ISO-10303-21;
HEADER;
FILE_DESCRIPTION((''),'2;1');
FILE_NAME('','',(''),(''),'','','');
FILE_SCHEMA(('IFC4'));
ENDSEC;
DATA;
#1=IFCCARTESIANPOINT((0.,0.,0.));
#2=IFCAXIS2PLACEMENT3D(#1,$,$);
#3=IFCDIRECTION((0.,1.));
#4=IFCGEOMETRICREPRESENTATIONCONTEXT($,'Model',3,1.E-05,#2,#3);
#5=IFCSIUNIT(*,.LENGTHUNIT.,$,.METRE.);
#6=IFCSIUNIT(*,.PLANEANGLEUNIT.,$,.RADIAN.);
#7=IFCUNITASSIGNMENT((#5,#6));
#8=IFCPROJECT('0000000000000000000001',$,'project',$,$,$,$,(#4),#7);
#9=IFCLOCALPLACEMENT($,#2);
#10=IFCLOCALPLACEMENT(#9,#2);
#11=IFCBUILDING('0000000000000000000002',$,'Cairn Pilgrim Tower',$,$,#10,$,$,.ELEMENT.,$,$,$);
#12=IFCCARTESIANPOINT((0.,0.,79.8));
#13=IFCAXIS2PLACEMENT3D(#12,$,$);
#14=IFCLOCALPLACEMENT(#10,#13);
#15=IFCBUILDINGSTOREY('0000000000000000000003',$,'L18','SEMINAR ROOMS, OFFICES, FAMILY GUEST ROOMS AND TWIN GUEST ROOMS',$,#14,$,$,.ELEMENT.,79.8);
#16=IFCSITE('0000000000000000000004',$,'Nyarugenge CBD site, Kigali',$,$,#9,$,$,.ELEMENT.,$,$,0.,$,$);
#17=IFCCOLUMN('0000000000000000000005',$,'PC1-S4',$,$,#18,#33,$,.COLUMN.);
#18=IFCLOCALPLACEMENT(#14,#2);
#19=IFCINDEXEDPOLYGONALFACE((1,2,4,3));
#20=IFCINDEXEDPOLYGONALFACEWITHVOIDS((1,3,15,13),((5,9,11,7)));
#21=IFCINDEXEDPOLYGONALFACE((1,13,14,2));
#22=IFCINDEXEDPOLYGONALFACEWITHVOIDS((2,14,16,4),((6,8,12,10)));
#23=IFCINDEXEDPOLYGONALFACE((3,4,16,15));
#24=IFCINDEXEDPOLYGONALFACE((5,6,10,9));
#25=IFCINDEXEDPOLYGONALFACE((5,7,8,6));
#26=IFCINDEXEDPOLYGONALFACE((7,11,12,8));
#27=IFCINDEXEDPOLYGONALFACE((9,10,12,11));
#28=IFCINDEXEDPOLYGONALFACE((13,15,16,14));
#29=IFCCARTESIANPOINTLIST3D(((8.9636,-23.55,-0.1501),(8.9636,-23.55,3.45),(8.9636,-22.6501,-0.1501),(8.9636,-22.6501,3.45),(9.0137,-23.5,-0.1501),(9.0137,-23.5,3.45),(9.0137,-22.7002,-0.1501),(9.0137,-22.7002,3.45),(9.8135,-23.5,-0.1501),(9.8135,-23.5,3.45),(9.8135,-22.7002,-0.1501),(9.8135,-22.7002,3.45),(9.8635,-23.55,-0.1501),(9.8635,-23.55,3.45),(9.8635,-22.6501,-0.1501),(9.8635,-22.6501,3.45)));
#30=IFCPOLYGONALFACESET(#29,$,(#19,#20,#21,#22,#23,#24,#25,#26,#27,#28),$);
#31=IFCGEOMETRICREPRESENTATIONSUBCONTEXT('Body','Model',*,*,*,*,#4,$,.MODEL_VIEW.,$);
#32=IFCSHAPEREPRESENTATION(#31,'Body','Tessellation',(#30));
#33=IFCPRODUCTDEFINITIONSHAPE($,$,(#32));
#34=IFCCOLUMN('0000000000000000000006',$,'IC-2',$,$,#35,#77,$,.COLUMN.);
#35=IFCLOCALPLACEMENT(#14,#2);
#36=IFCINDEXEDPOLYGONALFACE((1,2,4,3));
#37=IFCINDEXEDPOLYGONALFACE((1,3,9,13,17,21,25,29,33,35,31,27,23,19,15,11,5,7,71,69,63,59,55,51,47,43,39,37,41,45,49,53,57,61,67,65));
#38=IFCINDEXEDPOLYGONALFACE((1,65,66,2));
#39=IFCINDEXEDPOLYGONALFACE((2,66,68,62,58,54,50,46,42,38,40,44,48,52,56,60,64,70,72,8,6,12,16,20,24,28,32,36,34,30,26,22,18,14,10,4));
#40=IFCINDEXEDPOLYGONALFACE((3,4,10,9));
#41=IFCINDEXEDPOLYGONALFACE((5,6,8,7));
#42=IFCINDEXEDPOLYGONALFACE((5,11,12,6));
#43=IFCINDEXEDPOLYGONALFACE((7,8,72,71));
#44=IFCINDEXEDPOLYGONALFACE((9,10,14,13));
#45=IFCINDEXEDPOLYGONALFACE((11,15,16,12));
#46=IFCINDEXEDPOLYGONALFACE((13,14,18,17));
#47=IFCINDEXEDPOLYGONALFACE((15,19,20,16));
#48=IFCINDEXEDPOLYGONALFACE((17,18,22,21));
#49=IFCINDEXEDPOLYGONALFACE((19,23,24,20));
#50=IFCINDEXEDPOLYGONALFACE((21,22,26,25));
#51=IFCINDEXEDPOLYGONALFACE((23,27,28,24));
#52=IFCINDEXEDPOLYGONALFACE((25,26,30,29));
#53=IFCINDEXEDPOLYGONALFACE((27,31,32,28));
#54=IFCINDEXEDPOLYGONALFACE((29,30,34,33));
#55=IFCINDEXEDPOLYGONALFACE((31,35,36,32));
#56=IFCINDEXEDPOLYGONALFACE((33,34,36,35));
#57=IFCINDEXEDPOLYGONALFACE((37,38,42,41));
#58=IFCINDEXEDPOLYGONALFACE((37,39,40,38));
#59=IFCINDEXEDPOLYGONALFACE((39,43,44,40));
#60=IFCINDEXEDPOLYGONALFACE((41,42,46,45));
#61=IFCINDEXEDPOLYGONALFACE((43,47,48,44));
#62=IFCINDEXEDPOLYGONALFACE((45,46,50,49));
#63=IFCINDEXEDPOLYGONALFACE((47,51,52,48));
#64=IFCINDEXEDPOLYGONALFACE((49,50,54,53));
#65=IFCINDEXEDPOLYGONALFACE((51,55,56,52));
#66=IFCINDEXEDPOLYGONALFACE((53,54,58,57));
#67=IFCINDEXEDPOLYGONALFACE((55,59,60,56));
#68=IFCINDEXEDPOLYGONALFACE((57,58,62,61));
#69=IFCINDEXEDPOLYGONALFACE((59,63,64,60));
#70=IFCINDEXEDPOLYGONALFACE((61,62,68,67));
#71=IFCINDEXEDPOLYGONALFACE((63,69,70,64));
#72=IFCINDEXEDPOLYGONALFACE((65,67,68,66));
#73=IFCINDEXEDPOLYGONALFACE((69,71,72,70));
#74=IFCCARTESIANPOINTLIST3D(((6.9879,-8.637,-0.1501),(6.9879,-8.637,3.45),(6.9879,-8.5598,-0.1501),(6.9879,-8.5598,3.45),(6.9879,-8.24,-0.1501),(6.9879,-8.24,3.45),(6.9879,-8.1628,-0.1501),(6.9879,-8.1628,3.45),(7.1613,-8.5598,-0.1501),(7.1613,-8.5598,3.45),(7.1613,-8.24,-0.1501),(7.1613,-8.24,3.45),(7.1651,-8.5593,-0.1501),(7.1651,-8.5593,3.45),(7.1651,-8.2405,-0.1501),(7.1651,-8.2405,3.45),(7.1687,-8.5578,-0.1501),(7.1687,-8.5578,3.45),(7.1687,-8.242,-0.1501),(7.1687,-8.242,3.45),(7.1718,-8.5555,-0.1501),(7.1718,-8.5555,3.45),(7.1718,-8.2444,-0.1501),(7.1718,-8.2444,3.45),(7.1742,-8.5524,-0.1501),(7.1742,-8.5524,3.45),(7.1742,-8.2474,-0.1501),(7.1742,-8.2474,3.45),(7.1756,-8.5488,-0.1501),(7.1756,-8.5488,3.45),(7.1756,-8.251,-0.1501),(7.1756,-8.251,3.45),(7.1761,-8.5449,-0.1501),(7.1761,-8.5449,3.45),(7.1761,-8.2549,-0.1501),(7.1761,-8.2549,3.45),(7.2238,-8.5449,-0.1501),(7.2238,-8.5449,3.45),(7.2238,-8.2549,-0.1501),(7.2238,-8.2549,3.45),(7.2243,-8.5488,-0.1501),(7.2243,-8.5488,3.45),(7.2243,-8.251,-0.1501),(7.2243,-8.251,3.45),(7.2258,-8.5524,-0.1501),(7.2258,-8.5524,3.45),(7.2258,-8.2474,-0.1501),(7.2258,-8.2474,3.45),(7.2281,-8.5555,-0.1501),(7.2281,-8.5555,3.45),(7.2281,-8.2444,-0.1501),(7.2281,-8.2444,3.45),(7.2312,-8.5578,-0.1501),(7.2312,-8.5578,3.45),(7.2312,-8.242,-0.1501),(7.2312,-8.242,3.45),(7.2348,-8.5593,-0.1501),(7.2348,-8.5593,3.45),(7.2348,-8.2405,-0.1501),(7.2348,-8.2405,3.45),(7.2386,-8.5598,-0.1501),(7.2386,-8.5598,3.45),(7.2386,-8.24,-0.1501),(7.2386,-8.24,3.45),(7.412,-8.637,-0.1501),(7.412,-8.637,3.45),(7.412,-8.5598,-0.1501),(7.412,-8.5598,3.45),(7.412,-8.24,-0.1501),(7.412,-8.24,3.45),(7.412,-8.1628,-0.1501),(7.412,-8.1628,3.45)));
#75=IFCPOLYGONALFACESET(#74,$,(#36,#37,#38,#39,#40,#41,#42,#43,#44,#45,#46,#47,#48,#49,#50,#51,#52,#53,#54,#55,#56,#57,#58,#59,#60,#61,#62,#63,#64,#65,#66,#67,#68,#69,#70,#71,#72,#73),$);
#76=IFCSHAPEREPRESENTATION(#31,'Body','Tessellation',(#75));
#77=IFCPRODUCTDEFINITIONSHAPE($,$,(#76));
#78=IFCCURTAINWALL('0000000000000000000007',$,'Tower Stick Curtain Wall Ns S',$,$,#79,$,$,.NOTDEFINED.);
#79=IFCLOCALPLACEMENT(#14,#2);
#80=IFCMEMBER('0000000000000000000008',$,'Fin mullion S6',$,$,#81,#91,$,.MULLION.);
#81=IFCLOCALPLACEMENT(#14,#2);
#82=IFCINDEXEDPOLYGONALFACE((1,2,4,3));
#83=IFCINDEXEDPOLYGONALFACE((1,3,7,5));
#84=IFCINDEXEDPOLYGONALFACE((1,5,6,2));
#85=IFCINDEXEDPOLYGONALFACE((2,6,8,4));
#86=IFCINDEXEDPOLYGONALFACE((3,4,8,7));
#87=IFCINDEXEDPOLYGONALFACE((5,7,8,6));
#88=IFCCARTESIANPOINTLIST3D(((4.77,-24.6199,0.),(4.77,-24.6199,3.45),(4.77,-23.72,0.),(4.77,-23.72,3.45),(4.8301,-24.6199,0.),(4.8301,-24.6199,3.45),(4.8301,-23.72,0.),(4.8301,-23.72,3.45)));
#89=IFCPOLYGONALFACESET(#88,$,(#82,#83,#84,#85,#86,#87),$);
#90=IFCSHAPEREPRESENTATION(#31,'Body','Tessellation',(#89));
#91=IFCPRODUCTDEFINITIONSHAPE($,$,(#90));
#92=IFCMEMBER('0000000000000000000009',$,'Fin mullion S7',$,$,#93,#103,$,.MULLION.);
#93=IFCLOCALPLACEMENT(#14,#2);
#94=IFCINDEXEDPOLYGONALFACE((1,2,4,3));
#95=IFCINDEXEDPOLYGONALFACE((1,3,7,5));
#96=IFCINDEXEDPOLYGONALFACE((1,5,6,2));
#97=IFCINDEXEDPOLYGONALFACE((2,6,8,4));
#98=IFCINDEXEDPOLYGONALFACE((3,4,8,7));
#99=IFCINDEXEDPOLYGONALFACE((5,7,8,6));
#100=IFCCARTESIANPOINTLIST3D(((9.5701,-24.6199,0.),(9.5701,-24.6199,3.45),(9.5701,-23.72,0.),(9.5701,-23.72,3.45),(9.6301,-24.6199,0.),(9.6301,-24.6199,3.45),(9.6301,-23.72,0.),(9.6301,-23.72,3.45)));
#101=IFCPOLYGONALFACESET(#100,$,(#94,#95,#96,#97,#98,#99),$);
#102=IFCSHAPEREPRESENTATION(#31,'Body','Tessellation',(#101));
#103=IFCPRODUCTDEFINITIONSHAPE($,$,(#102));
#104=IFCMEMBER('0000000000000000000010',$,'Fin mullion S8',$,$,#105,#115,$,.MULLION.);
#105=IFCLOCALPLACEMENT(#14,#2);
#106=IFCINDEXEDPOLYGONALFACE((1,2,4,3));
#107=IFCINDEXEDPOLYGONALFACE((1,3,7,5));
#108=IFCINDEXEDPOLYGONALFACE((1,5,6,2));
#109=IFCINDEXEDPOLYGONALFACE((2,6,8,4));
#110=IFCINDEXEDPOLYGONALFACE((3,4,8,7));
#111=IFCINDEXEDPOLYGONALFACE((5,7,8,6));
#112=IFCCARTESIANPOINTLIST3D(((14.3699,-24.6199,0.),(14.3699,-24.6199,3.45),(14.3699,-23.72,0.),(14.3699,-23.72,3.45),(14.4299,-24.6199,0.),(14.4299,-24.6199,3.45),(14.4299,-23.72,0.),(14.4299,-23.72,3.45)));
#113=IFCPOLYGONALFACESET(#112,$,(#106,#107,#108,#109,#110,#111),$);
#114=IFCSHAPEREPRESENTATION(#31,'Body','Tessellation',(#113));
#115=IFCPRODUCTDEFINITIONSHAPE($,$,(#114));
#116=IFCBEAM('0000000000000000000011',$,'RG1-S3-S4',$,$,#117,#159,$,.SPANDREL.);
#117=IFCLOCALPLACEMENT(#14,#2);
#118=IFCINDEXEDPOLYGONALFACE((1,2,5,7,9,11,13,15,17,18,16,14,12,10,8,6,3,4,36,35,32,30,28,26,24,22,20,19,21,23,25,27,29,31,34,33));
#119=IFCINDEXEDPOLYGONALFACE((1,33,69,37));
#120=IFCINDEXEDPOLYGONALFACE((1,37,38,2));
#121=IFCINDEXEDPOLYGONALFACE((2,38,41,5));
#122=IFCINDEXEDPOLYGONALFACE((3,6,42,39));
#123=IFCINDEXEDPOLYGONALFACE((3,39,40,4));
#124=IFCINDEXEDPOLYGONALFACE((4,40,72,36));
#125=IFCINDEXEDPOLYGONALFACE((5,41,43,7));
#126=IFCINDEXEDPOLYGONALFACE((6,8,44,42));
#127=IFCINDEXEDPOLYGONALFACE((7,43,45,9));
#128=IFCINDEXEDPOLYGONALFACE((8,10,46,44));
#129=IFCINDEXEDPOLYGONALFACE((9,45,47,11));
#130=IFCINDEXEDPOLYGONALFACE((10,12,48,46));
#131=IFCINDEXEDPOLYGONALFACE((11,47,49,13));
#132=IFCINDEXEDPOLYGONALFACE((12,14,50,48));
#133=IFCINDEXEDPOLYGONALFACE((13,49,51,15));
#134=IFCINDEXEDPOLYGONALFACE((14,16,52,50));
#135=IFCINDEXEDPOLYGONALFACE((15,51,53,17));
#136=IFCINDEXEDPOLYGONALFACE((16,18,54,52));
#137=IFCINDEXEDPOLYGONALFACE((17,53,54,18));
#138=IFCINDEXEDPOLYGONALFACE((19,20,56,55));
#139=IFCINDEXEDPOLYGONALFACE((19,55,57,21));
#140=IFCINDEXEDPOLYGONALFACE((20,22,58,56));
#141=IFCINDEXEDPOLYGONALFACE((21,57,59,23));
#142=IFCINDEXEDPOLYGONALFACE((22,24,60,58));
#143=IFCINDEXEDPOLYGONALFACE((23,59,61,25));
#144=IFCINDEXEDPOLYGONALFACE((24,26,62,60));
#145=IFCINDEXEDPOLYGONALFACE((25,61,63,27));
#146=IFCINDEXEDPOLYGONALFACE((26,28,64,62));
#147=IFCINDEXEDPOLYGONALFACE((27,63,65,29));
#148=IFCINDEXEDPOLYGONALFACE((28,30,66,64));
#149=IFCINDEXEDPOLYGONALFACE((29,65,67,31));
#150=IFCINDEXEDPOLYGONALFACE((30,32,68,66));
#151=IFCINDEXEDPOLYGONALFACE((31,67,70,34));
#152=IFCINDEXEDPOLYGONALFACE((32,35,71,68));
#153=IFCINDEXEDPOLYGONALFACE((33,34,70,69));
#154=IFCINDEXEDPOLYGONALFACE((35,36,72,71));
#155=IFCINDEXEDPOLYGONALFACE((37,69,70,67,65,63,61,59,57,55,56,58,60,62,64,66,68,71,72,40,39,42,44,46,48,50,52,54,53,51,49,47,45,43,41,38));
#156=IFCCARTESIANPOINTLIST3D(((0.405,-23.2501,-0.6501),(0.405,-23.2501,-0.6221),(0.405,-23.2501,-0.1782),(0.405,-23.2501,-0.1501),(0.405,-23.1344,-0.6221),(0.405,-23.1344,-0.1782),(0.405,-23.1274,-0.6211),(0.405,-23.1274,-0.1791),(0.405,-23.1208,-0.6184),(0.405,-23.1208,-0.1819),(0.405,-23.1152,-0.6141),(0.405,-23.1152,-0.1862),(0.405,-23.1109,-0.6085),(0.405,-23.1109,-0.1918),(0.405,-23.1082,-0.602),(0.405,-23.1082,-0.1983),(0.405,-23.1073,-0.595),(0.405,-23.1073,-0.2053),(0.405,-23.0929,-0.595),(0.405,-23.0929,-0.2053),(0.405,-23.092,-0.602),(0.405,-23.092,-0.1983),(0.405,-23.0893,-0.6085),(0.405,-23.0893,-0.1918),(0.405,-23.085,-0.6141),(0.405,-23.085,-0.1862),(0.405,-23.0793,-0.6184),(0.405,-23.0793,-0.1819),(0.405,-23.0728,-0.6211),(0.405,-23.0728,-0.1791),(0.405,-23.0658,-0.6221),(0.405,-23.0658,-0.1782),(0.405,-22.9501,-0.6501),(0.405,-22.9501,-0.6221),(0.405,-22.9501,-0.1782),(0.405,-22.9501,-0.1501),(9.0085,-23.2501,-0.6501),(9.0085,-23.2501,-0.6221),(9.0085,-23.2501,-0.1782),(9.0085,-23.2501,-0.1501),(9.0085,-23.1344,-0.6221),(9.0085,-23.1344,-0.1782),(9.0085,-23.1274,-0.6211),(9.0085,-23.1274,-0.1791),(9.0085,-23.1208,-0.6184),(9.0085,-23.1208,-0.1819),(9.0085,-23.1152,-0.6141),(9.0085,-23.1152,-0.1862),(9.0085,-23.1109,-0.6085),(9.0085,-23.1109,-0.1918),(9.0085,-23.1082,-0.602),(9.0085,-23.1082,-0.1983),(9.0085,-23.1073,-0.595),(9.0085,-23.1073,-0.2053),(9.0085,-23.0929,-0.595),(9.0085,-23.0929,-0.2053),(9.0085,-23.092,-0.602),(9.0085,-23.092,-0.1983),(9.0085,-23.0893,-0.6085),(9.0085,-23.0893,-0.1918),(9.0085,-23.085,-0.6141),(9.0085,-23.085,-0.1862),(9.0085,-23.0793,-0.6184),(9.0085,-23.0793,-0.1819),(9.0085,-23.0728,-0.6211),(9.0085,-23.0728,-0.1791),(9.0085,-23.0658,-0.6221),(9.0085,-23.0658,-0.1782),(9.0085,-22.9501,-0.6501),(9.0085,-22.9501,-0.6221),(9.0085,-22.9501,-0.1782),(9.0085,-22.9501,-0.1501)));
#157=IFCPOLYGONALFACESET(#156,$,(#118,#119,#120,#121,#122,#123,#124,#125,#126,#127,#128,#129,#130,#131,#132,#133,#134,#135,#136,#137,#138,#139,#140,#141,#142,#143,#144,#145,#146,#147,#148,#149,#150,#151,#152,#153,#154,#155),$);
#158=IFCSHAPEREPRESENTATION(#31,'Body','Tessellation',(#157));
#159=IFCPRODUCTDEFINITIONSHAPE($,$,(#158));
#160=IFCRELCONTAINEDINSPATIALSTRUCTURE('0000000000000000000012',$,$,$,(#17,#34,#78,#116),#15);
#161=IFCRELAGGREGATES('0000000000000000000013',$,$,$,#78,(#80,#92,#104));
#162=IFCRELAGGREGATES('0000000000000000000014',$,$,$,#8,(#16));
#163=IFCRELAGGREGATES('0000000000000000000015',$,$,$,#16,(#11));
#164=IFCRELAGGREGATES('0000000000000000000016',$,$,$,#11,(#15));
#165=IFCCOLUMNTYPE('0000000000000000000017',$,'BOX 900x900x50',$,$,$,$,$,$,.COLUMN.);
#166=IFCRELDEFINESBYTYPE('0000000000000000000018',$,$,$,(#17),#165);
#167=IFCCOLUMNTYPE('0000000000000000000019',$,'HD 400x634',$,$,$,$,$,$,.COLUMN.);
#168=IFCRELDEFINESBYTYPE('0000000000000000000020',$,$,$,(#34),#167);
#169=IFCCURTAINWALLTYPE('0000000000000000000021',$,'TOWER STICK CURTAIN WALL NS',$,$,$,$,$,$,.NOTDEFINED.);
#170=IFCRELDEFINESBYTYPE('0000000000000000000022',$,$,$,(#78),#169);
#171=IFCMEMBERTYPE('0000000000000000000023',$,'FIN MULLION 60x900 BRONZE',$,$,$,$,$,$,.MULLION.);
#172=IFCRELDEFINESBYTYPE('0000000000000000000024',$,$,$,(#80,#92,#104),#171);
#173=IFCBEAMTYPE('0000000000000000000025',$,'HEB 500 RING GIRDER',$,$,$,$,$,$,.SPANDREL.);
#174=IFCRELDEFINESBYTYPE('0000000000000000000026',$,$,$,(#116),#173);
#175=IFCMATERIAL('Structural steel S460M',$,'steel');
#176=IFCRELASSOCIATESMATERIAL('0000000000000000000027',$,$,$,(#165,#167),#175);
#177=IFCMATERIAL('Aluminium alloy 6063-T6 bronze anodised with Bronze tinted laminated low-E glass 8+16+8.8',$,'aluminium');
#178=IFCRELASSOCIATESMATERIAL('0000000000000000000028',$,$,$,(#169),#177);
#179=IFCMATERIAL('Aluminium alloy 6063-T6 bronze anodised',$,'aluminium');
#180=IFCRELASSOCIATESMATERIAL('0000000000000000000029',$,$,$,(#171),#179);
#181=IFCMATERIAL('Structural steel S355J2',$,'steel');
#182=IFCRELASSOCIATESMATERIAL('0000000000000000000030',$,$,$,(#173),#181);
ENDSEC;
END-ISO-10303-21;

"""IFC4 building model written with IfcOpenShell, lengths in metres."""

from ifc_helpers import new_model, si_unit, direction, frame, origin, origin_2d, place, context, subcontext, project, spatial, rectangle, hollow_rectangle, i_section, extrude, material, material_profile, profile_set, type_object, element, aggregate, save


model = new_model("IFC4")

# Units and contexts
model_context = context("Model", 3, precision=1e-05, world=origin(), true_north=direction((0.0, 1.0)))
body_context = subcontext(model_context, "Body", "Model", "MODEL_VIEW")
ifc_project = project(units=[si_unit("LENGTHUNIT", "METRE"), si_unit("PLANEANGLEUNIT", "RADIAN")], contexts=[model_context])

# Site, building, storey
site_placement = place(None, origin())
site = spatial("IfcSite", under=ifc_project, at=site_placement, Name="Nyarugenge CBD site, Kigali", CompositionType="ELEMENT", RefElevation=0.0)
building_placement = place(site_placement, origin())
building = spatial("IfcBuilding", under=site, at=building_placement, Name="Cairn Pilgrim Tower", CompositionType="ELEMENT")
storey_placement = place(building_placement, frame((0.0, 0.0, 79.8)))
storey = spatial("IfcBuildingStorey", under=building, at=storey_placement, Name="L18", Description="SEMINAR ROOMS, OFFICES, FAMILY GUEST ROOMS AND TWIN GUEST ROOMS", CompositionType="ELEMENT", Elevation=79.8)

# Columns
ifc_material_1 = material(Name="Structural steel S460M", Category="steel")
ifc_material_profile_1 = material_profile(ifc_material_1, hollow_rectangle(XDim=0.8999, YDim=0.8999, WallThickness=0.05, at=origin_2d()), Name="BOX 900x900x50")
ifc_profile_set_1 = profile_set([ifc_material_profile_1], Name="Structural steel S460M")
column_type_1 = type_object("IfcColumnType", Name="BOX 900x900x50", PredefinedType="COLUMN", material=ifc_profile_set_1)
column_1_placement = place(storey_placement, frame((9.4136, -23.1001, -0.1501), z_axis=(0.0, 0.0, 1.0), x_axis=(1.0, 0.0, 0.0)))
element("IfcColumn", 1, at=column_1_placement, inside=storey, type_object=column_type_1, Name="PC1-S4", PredefinedType="COLUMN", context=body_context, shape_type="SweptSolid", body=[
    extrude(hollow_rectangle(XDim=0.8999, YDim=0.8999, WallThickness=0.05, at=origin_2d()), origin(), (0.0, 0.0, 1.0), 3.6001),
])
ifc_material_profile_2 = material_profile(ifc_material_1, i_section(OverallWidth=0.4241, OverallDepth=0.4741, WebThickness=0.0476, FlangeThickness=0.0771, FilletRadius=0.0149, at=origin_2d()), Name="HD 400x634")
ifc_profile_set_2 = profile_set([ifc_material_profile_2], Name="Structural steel S460M")
column_type_2 = type_object("IfcColumnType", Name="HD 400x634", PredefinedType="COLUMN", material=ifc_profile_set_2)
column_2_placement = place(storey_placement, frame((7.2, -8.3999, -0.1501), z_axis=(0.0, 0.0, 1.0), x_axis=(1.0, 0.0, 0.0)))
element("IfcColumn", 2, at=column_2_placement, inside=storey, type_object=column_type_2, Name="IC-2", PredefinedType="COLUMN", context=body_context, shape_type="SweptSolid", body=[
    extrude(i_section(OverallWidth=0.4241, OverallDepth=0.4741, WebThickness=0.0476, FlangeThickness=0.0771, FilletRadius=0.0149, at=origin_2d()), origin(), (0.0, 0.0, 1.0), 3.6001),
])

# Curtain wall, members
ifc_material_2 = material(Name="Aluminium alloy 6063-T6 bronze anodised with Bronze tinted laminated low-E glass 8+16+8.8", Category="aluminium")
curtain_wall_type = type_object("IfcCurtainWallType", Name="TOWER STICK CURTAIN WALL NS", PredefinedType="NOTDEFINED", material=ifc_material_2)
curtain_wall_placement = place(storey_placement, origin())
curtain_wall = element("IfcCurtainWall", 3, at=curtain_wall_placement, inside=storey, type_object=curtain_wall_type, Name="Tower Stick Curtain Wall Ns S", PredefinedType="NOTDEFINED")
ifc_material_3 = material(Name="Aluminium alloy 6063-T6 bronze anodised", Category="aluminium")
ifc_material_profile_3 = material_profile(ifc_material_3, rectangle(XDim=0.8999, YDim=0.0601, at=origin_2d()), Name="FIN MULLION 60x900 BRONZE")
ifc_profile_set_3 = profile_set([ifc_material_profile_3], Name="Aluminium alloy 6063-T6 bronze anodised")
member_type_1 = type_object("IfcMemberType", Name="FIN MULLION 60x900 BRONZE", PredefinedType="MULLION", material=ifc_profile_set_3)
member_1_placement = place(storey_placement, frame((4.8, -24.1699, 0.0), z_axis=(0.0, 0.0, 1.0), x_axis=(0.0, -1.0, 0.0)))
member_1 = element("IfcMember", 4, at=member_1_placement, type_object=member_type_1, Name="Fin mullion S6", PredefinedType="MULLION", context=body_context, shape_type="SweptSolid", body=[
    extrude(rectangle(XDim=0.8999, YDim=0.0601, at=origin_2d()), origin(), (0.0, 0.0, 1.0), 3.45),
])
member_2_placement = place(storey_placement, frame((9.6001, -24.1699, 0.0), z_axis=(0.0, 0.0, 1.0), x_axis=(0.0, -1.0, 0.0)))
member_2 = element("IfcMember", 5, at=member_2_placement, type_object=member_type_1, Name="Fin mullion S7", PredefinedType="MULLION", context=body_context, shape_type="SweptSolid", body=[
    extrude(rectangle(XDim=0.8999, YDim=0.0601, at=origin_2d()), origin(), (0.0, 0.0, 1.0), 3.45),
])
member_3_placement = place(storey_placement, frame((14.3999, -24.1699, 0.0), z_axis=(0.0, 0.0, 1.0), x_axis=(0.0, -1.0, 0.0)))
member_3 = element("IfcMember", 6, at=member_3_placement, type_object=member_type_1, Name="Fin mullion S8", PredefinedType="MULLION", context=body_context, shape_type="SweptSolid", body=[
    extrude(rectangle(XDim=0.8999, YDim=0.0601, at=origin_2d()), origin(), (0.0, 0.0, 1.0), 3.45),
])

# Beam
ifc_material_4 = material(Name="Structural steel S355J2", Category="steel")
ifc_material_profile_4 = material_profile(ifc_material_4, i_section(OverallWidth=0.3, OverallDepth=0.5, WebThickness=0.0144, FlangeThickness=0.0281, FilletRadius=0.0271, at=origin_2d()), Name="HEB 500")
ifc_profile_set_4 = profile_set([ifc_material_profile_4], Name="Structural steel S355J2")
beam_type_1 = type_object("IfcBeamType", Name="HEB 500 RING GIRDER", PredefinedType="SPANDREL", material=ifc_profile_set_4)
for number, where, z_axis, x_axis, name in (
    (7, (0.405, -23.1001, -0.4001), (1.0, 0.0, 0.0), (0.0, 1.0, 0.0), "RG1-S3-S4"),
):
    element("IfcBeam", number, at=place(storey_placement, frame(where, z_axis=z_axis, x_axis=x_axis)), inside=storey, type_object=beam_type_1, Name=name, PredefinedType="SPANDREL", context=body_context, shape_type="SweptSolid", body=[
        extrude(i_section(OverallWidth=0.3, OverallDepth=0.5, WebThickness=0.0144, FlangeThickness=0.0281, FilletRadius=0.0271, at=origin_2d()), origin(), (0.0, 0.0, 1.0), 8.6035),
    ])

aggregate(curtain_wall, [member_1, member_2, member_3])

save(model, "model.ifc")
